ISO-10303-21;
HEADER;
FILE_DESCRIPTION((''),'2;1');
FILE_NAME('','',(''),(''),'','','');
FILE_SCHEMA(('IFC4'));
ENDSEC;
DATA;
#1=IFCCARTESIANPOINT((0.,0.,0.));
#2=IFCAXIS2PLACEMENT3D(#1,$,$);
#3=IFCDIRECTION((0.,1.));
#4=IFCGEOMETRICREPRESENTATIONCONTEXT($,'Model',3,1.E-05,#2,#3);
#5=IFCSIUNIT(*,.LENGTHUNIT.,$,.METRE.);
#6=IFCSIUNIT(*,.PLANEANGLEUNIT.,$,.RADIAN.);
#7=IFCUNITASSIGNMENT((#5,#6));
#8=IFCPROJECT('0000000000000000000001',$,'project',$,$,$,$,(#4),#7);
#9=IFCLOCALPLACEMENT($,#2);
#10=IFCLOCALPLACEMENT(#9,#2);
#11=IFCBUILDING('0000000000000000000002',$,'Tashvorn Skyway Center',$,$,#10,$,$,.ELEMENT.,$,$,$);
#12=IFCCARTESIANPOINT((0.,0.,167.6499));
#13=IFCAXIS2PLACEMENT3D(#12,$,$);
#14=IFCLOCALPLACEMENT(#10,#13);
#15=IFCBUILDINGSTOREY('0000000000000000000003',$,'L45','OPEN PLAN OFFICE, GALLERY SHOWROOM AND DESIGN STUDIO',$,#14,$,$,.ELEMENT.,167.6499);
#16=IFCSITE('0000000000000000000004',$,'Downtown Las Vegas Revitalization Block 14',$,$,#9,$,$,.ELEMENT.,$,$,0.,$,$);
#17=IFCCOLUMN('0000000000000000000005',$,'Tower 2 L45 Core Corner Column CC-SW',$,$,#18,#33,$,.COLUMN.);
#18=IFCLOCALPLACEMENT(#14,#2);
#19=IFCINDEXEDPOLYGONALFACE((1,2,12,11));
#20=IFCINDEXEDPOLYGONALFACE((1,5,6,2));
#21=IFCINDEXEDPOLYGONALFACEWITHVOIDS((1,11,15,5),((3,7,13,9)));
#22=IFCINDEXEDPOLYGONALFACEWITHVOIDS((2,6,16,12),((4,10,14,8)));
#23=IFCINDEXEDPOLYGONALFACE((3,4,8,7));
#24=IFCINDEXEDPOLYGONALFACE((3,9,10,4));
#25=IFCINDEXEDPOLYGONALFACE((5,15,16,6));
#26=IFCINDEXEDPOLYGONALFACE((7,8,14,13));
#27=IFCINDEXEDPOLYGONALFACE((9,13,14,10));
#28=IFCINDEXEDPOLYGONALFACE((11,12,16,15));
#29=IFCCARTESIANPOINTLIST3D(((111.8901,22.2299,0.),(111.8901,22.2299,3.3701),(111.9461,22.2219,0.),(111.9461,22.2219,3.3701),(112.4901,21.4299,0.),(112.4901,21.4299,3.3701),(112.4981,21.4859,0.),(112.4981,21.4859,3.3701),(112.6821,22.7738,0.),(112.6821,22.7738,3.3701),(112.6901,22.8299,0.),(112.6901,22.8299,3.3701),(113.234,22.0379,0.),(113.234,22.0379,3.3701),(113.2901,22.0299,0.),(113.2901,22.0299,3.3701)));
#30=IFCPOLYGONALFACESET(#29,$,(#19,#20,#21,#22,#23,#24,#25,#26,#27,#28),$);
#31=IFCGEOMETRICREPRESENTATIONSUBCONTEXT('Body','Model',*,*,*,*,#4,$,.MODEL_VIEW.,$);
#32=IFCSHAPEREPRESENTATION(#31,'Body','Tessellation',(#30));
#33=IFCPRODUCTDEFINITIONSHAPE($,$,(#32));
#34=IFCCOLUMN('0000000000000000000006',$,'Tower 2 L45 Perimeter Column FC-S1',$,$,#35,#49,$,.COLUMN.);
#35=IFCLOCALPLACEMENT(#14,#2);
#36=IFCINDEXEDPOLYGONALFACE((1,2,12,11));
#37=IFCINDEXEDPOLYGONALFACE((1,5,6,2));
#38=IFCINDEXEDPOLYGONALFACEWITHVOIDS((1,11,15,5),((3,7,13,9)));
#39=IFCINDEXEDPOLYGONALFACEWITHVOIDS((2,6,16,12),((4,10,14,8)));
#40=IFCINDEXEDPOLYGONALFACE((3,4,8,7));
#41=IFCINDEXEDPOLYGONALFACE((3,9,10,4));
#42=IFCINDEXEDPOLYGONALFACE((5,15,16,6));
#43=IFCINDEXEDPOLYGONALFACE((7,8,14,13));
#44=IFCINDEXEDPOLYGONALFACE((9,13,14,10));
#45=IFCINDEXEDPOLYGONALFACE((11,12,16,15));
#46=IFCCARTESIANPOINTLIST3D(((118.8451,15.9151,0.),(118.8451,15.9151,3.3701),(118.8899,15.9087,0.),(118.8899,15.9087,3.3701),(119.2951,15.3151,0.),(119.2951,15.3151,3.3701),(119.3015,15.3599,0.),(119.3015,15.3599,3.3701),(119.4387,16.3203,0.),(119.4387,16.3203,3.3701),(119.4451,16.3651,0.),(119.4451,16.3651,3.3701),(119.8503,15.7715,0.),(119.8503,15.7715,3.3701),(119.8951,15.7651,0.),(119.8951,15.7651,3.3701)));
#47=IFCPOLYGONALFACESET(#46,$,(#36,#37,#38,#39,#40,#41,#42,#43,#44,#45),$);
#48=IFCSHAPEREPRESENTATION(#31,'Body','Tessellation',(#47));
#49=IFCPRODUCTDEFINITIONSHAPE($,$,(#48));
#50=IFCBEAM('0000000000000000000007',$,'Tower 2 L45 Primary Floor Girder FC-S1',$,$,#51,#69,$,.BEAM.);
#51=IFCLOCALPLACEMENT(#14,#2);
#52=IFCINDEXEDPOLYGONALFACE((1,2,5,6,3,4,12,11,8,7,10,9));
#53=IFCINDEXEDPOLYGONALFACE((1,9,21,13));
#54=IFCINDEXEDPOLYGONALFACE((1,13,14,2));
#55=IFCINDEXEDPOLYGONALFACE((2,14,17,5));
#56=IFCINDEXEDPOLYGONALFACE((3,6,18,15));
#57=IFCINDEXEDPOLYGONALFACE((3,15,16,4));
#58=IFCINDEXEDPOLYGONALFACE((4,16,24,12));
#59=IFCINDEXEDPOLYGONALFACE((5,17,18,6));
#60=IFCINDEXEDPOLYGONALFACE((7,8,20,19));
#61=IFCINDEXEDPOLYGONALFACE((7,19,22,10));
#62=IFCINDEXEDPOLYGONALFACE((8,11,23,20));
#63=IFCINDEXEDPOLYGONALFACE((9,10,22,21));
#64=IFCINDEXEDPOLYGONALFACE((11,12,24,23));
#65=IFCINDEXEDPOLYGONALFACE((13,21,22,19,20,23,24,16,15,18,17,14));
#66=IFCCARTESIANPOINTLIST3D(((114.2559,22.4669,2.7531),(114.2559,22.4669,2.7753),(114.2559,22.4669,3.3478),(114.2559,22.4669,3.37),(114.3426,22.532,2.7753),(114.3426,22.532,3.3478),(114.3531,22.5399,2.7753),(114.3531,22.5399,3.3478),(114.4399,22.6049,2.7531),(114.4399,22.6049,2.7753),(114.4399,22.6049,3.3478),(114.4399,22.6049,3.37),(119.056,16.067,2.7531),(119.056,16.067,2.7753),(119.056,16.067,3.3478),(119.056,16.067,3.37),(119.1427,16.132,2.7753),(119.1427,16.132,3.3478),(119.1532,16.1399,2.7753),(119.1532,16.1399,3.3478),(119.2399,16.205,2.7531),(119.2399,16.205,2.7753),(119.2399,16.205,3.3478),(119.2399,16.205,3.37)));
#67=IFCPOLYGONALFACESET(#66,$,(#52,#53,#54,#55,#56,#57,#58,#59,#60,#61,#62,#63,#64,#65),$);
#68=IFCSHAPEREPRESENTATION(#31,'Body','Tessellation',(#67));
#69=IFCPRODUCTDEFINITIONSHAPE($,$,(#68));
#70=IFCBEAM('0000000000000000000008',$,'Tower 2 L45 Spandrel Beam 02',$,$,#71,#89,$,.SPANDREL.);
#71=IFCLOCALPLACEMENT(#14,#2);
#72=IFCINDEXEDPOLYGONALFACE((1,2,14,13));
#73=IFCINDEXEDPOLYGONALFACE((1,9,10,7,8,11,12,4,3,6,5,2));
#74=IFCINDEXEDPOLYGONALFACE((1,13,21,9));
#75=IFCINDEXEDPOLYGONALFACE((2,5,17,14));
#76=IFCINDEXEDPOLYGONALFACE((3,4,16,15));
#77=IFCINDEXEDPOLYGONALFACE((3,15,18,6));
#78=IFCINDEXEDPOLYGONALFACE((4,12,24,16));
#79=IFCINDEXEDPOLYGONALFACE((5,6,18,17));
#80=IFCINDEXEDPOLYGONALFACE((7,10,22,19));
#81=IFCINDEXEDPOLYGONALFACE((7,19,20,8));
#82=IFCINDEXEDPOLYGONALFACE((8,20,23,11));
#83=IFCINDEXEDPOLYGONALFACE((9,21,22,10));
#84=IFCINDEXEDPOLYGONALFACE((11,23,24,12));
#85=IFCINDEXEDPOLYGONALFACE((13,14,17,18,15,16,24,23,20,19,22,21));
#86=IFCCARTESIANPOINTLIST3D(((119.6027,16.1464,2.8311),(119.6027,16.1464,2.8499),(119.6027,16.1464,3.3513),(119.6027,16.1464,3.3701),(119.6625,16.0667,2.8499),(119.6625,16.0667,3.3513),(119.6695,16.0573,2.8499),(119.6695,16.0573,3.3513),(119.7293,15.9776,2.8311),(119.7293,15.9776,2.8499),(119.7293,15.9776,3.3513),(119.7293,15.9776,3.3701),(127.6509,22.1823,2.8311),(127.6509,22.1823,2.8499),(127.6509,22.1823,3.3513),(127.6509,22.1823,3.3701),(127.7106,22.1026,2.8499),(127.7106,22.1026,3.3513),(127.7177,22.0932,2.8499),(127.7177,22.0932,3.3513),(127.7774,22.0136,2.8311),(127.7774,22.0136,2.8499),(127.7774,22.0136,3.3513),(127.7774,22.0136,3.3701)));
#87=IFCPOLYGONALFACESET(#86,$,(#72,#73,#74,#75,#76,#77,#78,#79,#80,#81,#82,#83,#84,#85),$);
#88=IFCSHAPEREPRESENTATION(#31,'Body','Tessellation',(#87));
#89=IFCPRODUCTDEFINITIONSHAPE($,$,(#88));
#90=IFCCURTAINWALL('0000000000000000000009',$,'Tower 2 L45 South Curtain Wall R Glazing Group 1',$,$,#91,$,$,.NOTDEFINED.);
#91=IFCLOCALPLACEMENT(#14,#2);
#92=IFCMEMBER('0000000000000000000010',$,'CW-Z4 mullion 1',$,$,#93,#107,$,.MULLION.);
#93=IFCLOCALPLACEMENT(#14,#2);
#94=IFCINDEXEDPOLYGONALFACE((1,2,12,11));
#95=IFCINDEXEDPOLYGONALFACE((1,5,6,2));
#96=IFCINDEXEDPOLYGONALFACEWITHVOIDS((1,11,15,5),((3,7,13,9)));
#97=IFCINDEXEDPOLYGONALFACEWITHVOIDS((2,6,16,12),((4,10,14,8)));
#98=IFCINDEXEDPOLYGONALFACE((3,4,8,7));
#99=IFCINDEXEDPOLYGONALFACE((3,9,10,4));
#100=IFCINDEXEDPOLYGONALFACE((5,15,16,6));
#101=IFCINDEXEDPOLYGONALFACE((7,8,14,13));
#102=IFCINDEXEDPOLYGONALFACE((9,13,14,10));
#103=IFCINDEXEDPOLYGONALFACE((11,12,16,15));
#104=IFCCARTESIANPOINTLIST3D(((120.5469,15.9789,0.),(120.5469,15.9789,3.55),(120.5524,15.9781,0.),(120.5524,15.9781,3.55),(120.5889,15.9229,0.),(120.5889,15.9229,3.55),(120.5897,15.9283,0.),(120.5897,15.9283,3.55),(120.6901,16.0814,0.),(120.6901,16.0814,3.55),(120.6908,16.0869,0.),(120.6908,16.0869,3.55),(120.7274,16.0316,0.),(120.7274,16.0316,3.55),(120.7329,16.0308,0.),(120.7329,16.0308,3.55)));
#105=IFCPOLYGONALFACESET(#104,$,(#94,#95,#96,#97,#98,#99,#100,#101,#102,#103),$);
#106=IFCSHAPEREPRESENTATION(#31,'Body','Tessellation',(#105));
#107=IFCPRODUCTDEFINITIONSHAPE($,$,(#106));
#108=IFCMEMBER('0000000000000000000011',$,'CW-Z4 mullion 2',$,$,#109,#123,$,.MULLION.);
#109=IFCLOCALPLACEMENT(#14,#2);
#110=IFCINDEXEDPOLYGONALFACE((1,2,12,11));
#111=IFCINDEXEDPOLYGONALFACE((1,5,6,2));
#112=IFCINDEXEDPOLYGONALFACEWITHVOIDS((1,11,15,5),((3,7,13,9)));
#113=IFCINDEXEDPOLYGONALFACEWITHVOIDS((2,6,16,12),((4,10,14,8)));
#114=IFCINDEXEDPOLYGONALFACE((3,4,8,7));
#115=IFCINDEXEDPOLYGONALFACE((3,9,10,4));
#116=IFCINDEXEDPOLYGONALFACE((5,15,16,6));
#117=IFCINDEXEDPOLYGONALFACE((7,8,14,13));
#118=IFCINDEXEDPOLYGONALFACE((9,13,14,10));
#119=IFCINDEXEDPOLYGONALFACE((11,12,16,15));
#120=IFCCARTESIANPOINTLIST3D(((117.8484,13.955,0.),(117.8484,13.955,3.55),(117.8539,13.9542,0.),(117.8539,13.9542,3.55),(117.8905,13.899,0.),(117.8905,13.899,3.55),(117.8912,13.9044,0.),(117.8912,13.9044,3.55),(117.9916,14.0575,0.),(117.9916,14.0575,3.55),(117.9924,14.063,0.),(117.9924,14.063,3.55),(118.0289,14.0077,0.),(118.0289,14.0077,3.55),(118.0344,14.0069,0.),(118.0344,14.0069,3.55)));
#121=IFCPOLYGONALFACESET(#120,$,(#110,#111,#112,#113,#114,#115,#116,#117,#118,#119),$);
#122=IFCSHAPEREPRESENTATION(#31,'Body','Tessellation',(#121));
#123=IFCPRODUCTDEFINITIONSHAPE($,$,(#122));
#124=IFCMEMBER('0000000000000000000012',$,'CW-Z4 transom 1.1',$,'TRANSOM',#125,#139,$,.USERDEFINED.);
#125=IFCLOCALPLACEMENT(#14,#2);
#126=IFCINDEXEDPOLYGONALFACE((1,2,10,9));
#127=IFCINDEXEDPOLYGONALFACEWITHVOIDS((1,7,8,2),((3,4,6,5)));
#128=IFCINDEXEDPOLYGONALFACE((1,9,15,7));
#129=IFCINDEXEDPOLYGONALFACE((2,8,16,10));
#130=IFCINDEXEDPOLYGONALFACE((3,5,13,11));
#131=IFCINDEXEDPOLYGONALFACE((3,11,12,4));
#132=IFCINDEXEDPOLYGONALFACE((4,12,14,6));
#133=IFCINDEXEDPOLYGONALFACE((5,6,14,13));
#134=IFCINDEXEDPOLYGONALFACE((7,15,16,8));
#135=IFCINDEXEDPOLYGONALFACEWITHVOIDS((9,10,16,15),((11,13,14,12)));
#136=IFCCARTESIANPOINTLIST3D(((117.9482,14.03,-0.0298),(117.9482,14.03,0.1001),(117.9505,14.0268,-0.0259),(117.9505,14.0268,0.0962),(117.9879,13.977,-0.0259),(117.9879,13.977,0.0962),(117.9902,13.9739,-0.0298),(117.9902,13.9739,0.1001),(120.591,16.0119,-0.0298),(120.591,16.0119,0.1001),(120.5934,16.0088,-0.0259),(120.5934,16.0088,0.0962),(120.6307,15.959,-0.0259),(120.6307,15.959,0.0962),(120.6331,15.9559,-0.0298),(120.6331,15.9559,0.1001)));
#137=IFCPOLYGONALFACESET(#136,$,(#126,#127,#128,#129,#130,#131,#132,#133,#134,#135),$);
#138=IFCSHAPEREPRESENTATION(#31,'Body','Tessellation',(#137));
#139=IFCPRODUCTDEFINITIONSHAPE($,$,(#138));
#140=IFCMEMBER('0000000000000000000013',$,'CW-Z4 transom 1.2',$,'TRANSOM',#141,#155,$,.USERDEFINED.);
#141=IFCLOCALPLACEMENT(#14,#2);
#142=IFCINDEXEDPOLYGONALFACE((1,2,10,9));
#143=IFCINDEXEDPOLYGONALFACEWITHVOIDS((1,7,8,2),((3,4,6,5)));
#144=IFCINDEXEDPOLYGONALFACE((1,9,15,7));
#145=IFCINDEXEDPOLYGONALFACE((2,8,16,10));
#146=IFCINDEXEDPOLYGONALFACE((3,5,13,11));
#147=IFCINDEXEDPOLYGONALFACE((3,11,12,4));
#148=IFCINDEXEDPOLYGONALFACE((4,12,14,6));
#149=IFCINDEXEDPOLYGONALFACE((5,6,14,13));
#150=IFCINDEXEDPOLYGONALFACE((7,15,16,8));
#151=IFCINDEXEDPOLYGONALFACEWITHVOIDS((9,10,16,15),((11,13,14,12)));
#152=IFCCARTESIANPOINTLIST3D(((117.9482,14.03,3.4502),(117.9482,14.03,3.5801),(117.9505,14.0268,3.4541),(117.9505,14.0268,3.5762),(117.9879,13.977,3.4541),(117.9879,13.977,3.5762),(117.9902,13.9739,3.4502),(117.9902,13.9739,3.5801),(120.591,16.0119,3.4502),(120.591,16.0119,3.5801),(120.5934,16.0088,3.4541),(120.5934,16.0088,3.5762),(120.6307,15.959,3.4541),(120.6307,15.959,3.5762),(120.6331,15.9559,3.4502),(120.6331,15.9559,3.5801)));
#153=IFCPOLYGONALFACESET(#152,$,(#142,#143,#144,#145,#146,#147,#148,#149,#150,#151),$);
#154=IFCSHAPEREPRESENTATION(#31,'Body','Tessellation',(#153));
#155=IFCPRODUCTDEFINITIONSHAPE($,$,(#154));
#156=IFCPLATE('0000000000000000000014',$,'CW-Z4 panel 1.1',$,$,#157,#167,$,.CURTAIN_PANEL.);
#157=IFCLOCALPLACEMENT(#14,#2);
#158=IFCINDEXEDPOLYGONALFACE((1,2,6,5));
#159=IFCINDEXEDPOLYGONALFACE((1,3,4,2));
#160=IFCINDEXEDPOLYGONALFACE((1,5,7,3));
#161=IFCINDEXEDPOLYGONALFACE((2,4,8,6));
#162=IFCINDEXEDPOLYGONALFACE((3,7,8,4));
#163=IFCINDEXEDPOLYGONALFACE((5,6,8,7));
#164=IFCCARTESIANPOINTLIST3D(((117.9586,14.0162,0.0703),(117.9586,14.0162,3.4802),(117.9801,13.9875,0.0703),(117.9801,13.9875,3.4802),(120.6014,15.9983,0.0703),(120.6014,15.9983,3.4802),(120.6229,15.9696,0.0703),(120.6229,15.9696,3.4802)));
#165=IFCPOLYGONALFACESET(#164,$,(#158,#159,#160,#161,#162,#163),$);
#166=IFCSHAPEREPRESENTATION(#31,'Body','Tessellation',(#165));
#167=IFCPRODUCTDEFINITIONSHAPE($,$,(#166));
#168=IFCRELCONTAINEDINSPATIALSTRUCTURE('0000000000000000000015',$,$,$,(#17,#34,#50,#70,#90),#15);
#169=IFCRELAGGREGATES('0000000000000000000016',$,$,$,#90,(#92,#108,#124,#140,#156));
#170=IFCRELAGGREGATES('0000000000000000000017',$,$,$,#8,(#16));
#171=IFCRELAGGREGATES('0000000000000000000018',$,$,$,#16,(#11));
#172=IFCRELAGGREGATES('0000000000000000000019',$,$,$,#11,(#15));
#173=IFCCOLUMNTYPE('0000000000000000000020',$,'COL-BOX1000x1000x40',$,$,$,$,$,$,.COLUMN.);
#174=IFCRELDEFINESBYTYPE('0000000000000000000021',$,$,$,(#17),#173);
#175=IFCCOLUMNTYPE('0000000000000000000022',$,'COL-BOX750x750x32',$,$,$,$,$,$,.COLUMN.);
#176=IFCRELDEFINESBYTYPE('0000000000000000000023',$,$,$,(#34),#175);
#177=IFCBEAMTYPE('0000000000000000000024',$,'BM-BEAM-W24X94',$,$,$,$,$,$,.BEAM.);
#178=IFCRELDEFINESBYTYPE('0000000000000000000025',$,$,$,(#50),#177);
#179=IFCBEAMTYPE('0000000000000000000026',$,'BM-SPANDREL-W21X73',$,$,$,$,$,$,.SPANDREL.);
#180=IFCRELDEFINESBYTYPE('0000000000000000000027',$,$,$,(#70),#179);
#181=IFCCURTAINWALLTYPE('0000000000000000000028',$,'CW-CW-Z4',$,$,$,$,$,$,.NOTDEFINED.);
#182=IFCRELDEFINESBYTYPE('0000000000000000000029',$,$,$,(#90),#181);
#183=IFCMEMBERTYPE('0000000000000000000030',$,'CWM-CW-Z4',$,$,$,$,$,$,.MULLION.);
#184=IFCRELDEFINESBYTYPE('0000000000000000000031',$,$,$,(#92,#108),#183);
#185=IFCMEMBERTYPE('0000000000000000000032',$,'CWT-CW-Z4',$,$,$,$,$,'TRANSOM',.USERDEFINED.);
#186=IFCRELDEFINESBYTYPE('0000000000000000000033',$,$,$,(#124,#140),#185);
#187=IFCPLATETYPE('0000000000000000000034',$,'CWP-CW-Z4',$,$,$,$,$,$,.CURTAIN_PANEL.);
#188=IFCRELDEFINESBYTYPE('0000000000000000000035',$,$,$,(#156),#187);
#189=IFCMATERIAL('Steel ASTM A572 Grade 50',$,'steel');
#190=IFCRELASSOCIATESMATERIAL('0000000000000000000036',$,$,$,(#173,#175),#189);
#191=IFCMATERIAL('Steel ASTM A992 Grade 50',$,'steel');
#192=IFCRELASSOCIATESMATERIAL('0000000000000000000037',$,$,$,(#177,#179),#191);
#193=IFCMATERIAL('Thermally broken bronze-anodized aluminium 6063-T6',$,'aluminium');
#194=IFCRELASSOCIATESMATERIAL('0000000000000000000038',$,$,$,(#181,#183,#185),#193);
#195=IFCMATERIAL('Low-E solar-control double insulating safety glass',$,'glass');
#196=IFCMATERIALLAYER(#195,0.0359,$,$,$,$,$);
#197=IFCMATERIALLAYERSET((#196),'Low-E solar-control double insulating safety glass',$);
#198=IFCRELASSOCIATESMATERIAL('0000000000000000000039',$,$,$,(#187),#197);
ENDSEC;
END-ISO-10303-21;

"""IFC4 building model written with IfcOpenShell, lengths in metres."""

from ifc_helpers import new_model, si_unit, direction, frame, origin, origin_2d, place, context, subcontext, project, spatial, rectangle, hollow_rectangle, i_section, extrude, material, layer, layer_set, material_profile, profile_set, type_object, element, aggregate, save


model = new_model("IFC4")

# Units and contexts
model_context = context("Model", 3, precision=1e-05, world=origin(), true_north=direction((0.0, 1.0)))
body_context = subcontext(model_context, "Body", "Model", "MODEL_VIEW")
ifc_project = project(units=[si_unit("LENGTHUNIT", "METRE"), si_unit("PLANEANGLEUNIT", "RADIAN")], contexts=[model_context])

# Site, building, storey
site_placement = place(None, origin())
site = spatial("IfcSite", under=ifc_project, at=site_placement, Name="Downtown Las Vegas Revitalization Block 14", CompositionType="ELEMENT", RefElevation=0.0)
building_placement = place(site_placement, origin())
building = spatial("IfcBuilding", under=site, at=building_placement, Name="Tashvorn Skyway Center", CompositionType="ELEMENT")
storey_placement = place(building_placement, frame((0.0, 0.0, 167.6499)))
storey = spatial("IfcBuildingStorey", under=building, at=storey_placement, Name="L45", Description="OPEN PLAN OFFICE, GALLERY SHOWROOM AND DESIGN STUDIO", CompositionType="ELEMENT", Elevation=167.6499)

# Columns
ifc_material_1 = material(Name="Steel ASTM A572 Grade 50", Category="steel")
ifc_material_profile_1 = material_profile(ifc_material_1, hollow_rectangle(XDim=1.0, YDim=1.0, WallThickness=0.04, at=origin_2d()), Name="BOX1000x1000x40")
ifc_profile_set_1 = profile_set([ifc_material_profile_1], Name="Steel ASTM A572 Grade 50")
column_type_1 = type_object("IfcColumnType", Name="COL-BOX1000x1000x40", PredefinedType="COLUMN", material=ifc_profile_set_1)
column_1_placement = place(storey_placement, frame((112.5901, 22.1299, 0.0), z_axis=(0.0, 0.0, 1.0), x_axis=(0.8, 0.6, 0.0)))
element("IfcColumn", 1, at=column_1_placement, inside=storey, type_object=column_type_1, Name="Tower 2 L45 Core Corner Column CC-SW", PredefinedType="COLUMN", context=body_context, shape_type="SweptSolid", body=[
    extrude(hollow_rectangle(XDim=1.0, YDim=1.0, WallThickness=0.04, at=origin_2d()), origin(), (0.0, 0.0, 1.0), 3.3701),
])
ifc_material_profile_2 = material_profile(ifc_material_1, hollow_rectangle(XDim=0.75, YDim=0.75, WallThickness=0.032, at=origin_2d()), Name="BOX750x750x32")
ifc_profile_set_2 = profile_set([ifc_material_profile_2], Name="Steel ASTM A572 Grade 50")
column_type_2 = type_object("IfcColumnType", Name="COL-BOX750x750x32", PredefinedType="COLUMN", material=ifc_profile_set_2)
column_2_placement = place(storey_placement, frame((119.3701, 15.8401, 0.0), z_axis=(0.0, 0.0, 1.0), x_axis=(0.8, 0.6, 0.0)))
element("IfcColumn", 2, at=column_2_placement, inside=storey, type_object=column_type_2, Name="Tower 2 L45 Perimeter Column FC-S1", PredefinedType="COLUMN", context=body_context, shape_type="SweptSolid", body=[
    extrude(hollow_rectangle(XDim=0.75, YDim=0.75, WallThickness=0.032, at=origin_2d()), origin(), (0.0, 0.0, 1.0), 3.3701),
])

# Beams
ifc_material_2 = material(Name="Steel ASTM A992 Grade 50", Category="steel")
ifc_material_profile_3 = material_profile(ifc_material_2, i_section(OverallWidth=0.23, OverallDepth=0.6169, WebThickness=0.0132, FlangeThickness=0.0222, at=origin_2d()), Name="W24X94")
ifc_profile_set_3 = profile_set([ifc_material_profile_3], Name="Steel ASTM A992 Grade 50")
beam_type_1 = type_object("IfcBeamType", Name="BM-BEAM-W24X94", PredefinedType="BEAM", material=ifc_profile_set_3)
beam_1_placement = place(storey_placement, frame((119.1479, 16.136, 3.0615), z_axis=(-0.60001, 0.799993, 0.0), x_axis=(-0.799993, -0.60001, 0.0)))
element("IfcBeam", 3, at=beam_1_placement, inside=storey, type_object=beam_type_1, Name="Tower 2 L45 Primary Floor Girder FC-S1", PredefinedType="BEAM", context=body_context, shape_type="SweptSolid", body=[
    extrude(i_section(OverallWidth=0.23, OverallDepth=0.6169, WebThickness=0.0132, FlangeThickness=0.0222, at=origin_2d()), origin(), (0.0, 0.0, 1.0), 8.0),
])
ifc_material_profile_4 = material_profile(ifc_material_2, i_section(OverallWidth=0.2109, OverallDepth=0.5391, WebThickness=0.0117, FlangeThickness=0.0188, at=origin_2d()), Name="W21X73")
ifc_profile_set_4 = profile_set([ifc_material_profile_4], Name="Steel ASTM A992 Grade 50")
beam_type_2 = type_object("IfcBeamType", Name="BM-SPANDREL-W21X73", PredefinedType="SPANDREL", material=ifc_profile_set_4)
beam_2_placement = place(storey_placement, frame((119.666, 16.062, 3.1006), z_axis=(0.800009, 0.599988, 0.0), x_axis=(-0.599988, 0.800009, 0.0)))
element("IfcBeam", 4, at=beam_2_placement, inside=storey, type_object=beam_type_2, Name="Tower 2 L45 Spandrel Beam 02", PredefinedType="SPANDREL", context=body_context, shape_type="SweptSolid", body=[
    extrude(i_section(OverallWidth=0.2109, OverallDepth=0.5391, WebThickness=0.0117, FlangeThickness=0.0188, at=origin_2d()), origin(), (0.0, 0.0, 1.0), 10.0601),
])

# Curtain wall, members, plate
ifc_material_3 = material(Name="Thermally broken bronze-anodized aluminium 6063-T6", Category="aluminium")
curtain_wall_type = type_object("IfcCurtainWallType", Name="CW-CW-Z4", PredefinedType="NOTDEFINED", material=ifc_material_3)
curtain_wall_placement = place(storey_placement, origin())
curtain_wall = element("IfcCurtainWall", 5, at=curtain_wall_placement, inside=storey, type_object=curtain_wall_type, Name="Tower 2 L45 South Curtain Wall R Glazing Group 1", PredefinedType="NOTDEFINED")
ifc_material_profile_5 = material_profile(ifc_material_3, hollow_rectangle(XDim=0.0701, YDim=0.1799, WallThickness=0.0039, at=origin_2d()), Name="ALU-MULL-70x180")
ifc_profile_set_5 = profile_set([ifc_material_profile_5], Name="Thermally broken bronze-anodized aluminium 6063-T6")
member_type_1 = type_object("IfcMemberType", Name="CWM-CW-Z4", PredefinedType="MULLION", material=ifc_profile_set_5)
member_1_placement = place(storey_placement, frame((120.6399, 16.0049, 0.0), z_axis=(0.0, 0.0, 1.0), x_axis=(0.599995, -0.800003, 0.0)))
member_1 = element("IfcMember", 6, at=member_1_placement, type_object=member_type_1, Name="CW-Z4 mullion 1", PredefinedType="MULLION", context=body_context, shape_type="SweptSolid", body=[
    extrude(hollow_rectangle(XDim=0.0701, YDim=0.1799, WallThickness=0.0039, at=origin_2d()), origin(), (0.0, 0.0, 1.0), 3.55),
])
member_2_placement = place(storey_placement, frame((117.9414, 13.981, 0.0), z_axis=(0.0, 0.0, 1.0), x_axis=(0.599995, -0.800003, 0.0)))
member_2 = element("IfcMember", 7, at=member_2_placement, type_object=member_type_1, Name="CW-Z4 mullion 2", PredefinedType="MULLION", context=body_context, shape_type="SweptSolid", body=[
    extrude(hollow_rectangle(XDim=0.0701, YDim=0.1799, WallThickness=0.0039, at=origin_2d()), origin(), (0.0, 0.0, 1.0), 3.55),
])
ifc_material_profile_6 = material_profile(ifc_material_3, hollow_rectangle(XDim=0.0701, YDim=0.1299, WallThickness=0.0039, at=origin_2d()), Name="ALU-TRAN-70x130")
ifc_profile_set_6 = profile_set([ifc_material_profile_6], Name="Thermally broken bronze-anodized aluminium 6063-T6")
member_type_2 = type_object("IfcMemberType", Name="CWT-CW-Z4", ElementType="TRANSOM", PredefinedType="USERDEFINED", material=ifc_profile_set_6)
member_3_placement = place(storey_placement, frame((120.6121, 15.9839, 0.0352), z_axis=(-0.800027, -0.599965, 0.0), x_axis=(0.599965, -0.800027, 0.0)))
member_3 = element("IfcMember", 8, at=member_3_placement, type_object=member_type_2, Name="CW-Z4 transom 1.1", ObjectType="TRANSOM", PredefinedType="USERDEFINED", context=body_context, shape_type="SweptSolid", body=[
    extrude(hollow_rectangle(XDim=0.0701, YDim=0.1299, WallThickness=0.0039, at=origin_2d()), origin(), (0.0, 0.0, 1.0), 3.3035),
])
member_4_placement = place(storey_placement, frame((120.6121, 15.9839, 3.5151), z_axis=(-0.800027, -0.599965, 0.0), x_axis=(0.599965, -0.800027, 0.0)))
member_4 = element("IfcMember", 9, at=member_4_placement, type_object=member_type_2, Name="CW-Z4 transom 1.2", ObjectType="TRANSOM", PredefinedType="USERDEFINED", context=body_context, shape_type="SweptSolid", body=[
    extrude(hollow_rectangle(XDim=0.0701, YDim=0.1299, WallThickness=0.0039, at=origin_2d()), origin(), (0.0, 0.0, 1.0), 3.3035),
])
ifc_material_4 = material(Name="Low-E solar-control double insulating safety glass", Category="glass")
ifc_layer_1 = layer(ifc_material_4, 0.0359)
ifc_layer_set_1 = layer_set([ifc_layer_1], Name="Low-E solar-control double insulating safety glass")
plate_type = type_object("IfcPlateType", Name="CWP-CW-Z4", PredefinedType="CURTAIN_PANEL", material=ifc_layer_set_1)
plate_placement = place(storey_placement, frame((119.2908, 14.9929, 0.0703), z_axis=(0.0, 0.0, 1.0), x_axis=(-0.800003, -0.599995, 0.0)))
plate = element("IfcPlate", 10, at=plate_placement, type_object=plate_type, Name="CW-Z4 panel 1.1", PredefinedType="CURTAIN_PANEL", context=body_context, shape_type="SweptSolid", body=[
    extrude(rectangle(XDim=3.3035, YDim=0.0359, at=origin_2d()), origin(), (0.0, 0.0, 1.0), 3.4099),
])
aggregate(curtain_wall, [member_1, member_2, member_3, member_4, plate])

save(model, "model.ifc")
